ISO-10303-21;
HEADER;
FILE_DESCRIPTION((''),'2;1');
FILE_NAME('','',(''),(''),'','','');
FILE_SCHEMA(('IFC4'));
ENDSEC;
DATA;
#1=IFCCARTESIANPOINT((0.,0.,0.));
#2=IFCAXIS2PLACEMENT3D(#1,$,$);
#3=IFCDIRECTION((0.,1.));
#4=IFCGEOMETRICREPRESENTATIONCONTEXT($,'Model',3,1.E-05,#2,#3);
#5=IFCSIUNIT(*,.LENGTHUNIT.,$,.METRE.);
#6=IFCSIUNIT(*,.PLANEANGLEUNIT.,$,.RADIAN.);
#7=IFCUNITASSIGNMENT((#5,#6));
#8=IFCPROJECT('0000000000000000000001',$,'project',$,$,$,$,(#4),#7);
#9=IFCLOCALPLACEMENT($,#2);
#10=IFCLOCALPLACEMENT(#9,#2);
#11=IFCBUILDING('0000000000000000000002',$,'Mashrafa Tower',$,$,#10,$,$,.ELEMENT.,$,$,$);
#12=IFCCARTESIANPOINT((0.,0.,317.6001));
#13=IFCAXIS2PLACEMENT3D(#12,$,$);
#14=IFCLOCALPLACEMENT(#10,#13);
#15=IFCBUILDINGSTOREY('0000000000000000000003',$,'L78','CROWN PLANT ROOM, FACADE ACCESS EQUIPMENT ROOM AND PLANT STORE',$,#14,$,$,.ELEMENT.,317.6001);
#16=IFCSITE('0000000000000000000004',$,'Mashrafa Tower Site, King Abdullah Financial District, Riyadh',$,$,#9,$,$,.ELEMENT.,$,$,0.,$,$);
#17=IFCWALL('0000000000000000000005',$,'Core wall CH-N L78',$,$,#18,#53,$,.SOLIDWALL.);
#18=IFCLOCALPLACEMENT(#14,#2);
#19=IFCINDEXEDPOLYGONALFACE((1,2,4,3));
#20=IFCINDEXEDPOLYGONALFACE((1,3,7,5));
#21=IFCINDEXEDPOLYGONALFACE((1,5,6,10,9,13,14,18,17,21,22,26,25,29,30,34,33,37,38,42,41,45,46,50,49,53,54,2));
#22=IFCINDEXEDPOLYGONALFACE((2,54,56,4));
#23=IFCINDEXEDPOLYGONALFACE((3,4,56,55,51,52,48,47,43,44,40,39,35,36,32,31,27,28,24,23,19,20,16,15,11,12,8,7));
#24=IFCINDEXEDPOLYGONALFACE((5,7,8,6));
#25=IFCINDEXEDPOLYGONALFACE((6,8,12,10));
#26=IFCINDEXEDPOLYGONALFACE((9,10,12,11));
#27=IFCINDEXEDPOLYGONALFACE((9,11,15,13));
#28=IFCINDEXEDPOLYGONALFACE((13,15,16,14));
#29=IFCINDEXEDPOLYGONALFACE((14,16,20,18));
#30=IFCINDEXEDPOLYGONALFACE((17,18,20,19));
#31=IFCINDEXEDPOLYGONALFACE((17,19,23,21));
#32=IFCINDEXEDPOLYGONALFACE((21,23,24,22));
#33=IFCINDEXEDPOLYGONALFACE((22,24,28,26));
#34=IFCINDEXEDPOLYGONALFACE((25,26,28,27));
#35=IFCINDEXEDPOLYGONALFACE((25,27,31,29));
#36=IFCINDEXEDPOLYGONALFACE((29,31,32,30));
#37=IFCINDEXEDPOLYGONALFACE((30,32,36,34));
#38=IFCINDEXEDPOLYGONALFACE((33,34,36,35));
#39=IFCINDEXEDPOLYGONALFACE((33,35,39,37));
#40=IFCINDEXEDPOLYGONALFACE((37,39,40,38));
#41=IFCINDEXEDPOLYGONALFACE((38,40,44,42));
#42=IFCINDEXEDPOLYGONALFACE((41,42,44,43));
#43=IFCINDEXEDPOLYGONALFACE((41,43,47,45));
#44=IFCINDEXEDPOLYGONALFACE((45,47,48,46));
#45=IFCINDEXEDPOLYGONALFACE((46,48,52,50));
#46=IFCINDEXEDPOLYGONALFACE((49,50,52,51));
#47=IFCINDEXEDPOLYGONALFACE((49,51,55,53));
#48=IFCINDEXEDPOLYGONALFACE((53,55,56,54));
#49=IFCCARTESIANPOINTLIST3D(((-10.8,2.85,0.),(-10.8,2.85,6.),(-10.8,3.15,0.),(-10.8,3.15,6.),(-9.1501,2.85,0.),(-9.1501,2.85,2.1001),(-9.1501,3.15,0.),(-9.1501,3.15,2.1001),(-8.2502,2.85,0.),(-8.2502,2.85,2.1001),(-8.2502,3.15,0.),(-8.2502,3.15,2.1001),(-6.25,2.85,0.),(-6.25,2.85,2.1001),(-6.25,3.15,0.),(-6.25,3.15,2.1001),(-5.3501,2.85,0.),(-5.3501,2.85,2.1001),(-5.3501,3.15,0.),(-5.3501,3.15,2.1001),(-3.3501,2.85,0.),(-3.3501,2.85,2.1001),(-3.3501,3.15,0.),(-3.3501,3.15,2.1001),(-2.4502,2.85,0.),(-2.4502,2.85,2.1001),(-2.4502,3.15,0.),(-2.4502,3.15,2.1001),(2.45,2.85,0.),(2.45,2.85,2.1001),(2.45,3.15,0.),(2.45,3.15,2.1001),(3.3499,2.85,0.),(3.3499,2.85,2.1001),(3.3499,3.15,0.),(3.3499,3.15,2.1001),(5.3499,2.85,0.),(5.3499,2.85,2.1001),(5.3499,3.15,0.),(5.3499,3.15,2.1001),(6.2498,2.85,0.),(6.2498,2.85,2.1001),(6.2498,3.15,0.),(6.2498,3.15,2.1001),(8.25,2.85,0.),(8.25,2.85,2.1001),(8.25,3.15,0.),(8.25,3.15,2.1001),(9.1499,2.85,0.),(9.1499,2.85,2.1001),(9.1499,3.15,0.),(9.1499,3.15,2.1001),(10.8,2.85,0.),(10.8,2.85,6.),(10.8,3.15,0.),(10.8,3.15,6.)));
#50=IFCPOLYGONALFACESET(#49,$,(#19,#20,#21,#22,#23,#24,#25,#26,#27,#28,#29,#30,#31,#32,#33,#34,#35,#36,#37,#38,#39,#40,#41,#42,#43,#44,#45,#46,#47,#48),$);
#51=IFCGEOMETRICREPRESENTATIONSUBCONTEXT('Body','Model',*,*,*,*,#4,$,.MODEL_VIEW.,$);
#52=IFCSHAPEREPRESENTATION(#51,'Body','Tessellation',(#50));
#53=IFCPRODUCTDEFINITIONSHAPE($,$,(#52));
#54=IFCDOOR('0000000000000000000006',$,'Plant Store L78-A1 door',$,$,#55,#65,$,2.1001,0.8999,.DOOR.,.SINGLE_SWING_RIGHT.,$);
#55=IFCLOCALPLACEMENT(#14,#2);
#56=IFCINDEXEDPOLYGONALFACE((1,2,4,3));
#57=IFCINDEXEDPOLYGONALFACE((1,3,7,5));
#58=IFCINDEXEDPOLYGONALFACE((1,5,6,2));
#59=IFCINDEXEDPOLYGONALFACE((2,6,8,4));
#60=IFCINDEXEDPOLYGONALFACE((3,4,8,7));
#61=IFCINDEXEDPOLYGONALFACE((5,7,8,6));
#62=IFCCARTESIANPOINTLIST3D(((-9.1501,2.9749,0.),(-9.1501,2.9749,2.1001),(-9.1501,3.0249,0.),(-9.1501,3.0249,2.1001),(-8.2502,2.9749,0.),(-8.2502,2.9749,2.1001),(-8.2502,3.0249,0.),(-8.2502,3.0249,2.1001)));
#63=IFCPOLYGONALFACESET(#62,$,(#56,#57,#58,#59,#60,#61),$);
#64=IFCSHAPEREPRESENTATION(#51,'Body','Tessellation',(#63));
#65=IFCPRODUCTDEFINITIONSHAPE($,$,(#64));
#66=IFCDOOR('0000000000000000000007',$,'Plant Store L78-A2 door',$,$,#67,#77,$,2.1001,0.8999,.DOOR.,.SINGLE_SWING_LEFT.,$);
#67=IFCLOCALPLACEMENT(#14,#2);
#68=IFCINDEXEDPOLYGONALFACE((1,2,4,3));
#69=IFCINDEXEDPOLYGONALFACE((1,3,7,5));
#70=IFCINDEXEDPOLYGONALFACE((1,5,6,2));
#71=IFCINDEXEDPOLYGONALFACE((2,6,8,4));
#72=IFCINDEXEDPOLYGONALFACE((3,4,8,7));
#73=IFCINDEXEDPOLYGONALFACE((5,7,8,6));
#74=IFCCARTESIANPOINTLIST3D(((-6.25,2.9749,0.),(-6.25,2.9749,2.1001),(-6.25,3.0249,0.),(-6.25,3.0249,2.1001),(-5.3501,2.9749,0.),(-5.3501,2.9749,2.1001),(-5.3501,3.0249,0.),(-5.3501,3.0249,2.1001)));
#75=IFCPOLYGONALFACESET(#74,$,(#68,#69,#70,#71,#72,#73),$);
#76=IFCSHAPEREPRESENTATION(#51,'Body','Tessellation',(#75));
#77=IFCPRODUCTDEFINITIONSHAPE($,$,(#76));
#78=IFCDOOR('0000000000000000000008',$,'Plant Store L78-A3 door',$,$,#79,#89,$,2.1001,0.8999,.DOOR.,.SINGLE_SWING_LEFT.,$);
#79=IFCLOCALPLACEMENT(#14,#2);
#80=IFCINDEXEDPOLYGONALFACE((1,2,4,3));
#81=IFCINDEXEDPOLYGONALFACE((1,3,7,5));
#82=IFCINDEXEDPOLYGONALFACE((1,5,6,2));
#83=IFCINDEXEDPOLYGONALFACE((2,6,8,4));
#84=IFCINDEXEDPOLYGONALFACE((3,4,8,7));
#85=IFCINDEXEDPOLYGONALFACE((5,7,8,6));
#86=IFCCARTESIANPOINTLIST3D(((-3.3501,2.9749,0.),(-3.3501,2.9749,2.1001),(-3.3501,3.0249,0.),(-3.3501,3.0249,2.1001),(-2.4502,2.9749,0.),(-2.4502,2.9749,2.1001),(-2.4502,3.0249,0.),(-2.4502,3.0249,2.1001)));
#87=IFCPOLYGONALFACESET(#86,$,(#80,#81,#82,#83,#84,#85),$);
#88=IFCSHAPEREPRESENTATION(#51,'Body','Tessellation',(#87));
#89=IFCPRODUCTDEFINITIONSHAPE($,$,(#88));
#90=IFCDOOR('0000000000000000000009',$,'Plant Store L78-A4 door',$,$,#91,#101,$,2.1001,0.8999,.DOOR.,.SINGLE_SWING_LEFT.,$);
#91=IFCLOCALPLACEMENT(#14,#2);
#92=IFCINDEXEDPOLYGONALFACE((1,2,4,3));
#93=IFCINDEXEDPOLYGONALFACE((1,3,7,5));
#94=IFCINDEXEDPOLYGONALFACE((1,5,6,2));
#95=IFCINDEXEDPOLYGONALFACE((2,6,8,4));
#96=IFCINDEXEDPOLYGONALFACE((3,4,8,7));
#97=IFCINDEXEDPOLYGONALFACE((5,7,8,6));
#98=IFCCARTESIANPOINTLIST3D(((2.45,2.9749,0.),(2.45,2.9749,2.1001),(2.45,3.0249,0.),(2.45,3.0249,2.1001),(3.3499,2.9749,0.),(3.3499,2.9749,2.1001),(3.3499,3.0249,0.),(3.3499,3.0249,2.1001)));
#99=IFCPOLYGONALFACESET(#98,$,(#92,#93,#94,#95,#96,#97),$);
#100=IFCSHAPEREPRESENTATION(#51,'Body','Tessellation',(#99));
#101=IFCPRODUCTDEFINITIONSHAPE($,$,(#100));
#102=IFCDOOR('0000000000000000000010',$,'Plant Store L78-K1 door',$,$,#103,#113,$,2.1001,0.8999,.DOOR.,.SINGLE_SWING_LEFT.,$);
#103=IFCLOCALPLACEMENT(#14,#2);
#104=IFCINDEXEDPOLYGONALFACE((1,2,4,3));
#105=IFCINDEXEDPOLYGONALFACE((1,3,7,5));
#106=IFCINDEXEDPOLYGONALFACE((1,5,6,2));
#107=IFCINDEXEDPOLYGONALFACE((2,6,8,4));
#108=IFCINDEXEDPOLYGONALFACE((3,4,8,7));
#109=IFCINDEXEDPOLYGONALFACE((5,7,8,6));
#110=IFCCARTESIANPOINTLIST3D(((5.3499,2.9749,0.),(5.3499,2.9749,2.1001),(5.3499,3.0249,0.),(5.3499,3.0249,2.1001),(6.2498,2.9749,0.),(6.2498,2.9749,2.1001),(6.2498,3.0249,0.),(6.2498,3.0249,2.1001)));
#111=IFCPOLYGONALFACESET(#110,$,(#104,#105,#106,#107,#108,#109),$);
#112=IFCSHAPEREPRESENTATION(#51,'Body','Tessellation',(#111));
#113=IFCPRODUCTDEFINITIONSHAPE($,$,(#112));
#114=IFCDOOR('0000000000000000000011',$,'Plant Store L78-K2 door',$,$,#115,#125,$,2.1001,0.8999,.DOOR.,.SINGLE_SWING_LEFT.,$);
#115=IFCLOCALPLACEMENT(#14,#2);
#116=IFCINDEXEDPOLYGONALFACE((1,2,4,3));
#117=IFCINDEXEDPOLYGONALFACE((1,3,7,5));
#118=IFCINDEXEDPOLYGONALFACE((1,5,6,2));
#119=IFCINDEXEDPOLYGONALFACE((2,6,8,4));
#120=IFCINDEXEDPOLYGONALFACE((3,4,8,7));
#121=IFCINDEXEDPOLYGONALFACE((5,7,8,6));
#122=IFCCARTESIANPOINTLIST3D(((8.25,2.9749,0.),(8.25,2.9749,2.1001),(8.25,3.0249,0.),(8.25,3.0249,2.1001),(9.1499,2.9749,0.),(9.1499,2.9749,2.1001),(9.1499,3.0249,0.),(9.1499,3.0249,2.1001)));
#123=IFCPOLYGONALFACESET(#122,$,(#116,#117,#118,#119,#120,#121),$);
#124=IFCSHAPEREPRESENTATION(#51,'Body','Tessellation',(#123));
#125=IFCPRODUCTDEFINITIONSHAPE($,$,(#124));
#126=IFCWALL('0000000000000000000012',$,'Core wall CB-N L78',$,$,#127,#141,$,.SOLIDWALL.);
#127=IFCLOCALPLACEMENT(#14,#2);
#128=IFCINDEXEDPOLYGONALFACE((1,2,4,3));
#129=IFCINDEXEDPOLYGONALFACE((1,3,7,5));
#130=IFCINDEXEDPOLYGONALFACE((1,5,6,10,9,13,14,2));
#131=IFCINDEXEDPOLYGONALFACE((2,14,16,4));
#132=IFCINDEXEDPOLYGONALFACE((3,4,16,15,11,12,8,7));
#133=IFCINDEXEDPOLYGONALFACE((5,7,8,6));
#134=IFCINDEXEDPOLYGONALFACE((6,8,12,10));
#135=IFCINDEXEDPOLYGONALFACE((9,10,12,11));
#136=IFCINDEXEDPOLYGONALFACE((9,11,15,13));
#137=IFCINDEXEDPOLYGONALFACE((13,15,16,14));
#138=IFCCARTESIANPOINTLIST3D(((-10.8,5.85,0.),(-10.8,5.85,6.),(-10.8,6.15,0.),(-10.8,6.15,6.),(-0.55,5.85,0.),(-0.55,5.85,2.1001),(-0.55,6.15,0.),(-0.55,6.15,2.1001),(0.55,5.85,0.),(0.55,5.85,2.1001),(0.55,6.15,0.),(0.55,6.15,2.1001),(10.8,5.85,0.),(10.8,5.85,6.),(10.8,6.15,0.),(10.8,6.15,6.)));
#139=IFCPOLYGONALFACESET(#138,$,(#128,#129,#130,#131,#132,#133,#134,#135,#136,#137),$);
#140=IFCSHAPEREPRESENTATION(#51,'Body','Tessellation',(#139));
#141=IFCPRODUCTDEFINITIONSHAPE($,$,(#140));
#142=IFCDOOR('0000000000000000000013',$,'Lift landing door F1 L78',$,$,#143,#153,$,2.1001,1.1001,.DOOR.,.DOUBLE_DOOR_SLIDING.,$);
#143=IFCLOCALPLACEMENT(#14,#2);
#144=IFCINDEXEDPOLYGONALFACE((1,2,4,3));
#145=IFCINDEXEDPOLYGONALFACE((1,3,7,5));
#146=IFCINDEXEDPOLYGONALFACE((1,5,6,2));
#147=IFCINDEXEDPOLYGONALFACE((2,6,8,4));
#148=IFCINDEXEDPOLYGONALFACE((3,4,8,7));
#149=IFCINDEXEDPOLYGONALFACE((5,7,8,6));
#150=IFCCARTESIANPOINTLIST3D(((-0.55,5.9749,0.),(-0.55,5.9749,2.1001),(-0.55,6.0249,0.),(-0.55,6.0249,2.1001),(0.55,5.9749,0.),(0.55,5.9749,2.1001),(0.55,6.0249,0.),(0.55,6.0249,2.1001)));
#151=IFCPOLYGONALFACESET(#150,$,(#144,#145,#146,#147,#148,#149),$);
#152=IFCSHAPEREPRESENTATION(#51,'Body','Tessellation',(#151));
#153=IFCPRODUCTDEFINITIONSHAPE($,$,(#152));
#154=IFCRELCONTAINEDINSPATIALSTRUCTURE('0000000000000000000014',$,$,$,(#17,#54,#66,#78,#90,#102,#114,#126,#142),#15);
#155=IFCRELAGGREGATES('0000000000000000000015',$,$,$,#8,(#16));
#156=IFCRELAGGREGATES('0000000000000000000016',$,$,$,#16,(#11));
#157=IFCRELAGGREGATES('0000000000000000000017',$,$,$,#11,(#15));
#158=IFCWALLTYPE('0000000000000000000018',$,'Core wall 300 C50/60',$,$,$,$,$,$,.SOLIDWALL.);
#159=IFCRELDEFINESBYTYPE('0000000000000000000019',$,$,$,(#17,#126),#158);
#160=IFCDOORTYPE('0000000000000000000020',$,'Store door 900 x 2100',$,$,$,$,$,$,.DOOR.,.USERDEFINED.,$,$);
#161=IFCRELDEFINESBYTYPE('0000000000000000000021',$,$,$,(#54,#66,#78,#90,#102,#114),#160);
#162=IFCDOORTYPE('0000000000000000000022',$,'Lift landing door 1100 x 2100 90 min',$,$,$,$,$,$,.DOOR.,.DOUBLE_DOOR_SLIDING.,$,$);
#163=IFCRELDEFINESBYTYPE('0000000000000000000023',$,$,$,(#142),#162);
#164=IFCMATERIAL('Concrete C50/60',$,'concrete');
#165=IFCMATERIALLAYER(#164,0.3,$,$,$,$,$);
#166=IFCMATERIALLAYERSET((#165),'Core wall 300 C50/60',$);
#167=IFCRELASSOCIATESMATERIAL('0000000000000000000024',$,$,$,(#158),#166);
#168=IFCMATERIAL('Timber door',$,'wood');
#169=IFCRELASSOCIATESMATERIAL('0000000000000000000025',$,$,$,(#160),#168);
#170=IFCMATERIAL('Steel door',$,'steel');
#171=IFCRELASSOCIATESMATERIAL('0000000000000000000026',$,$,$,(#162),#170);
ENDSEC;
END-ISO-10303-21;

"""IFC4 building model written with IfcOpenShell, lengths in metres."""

from ifc_helpers import new_model, si_unit, direction, frame, frame_2d, origin, place, context, subcontext, project, spatial, rectangle, extrude, material, layer, layer_set, type_object, element, fill, save


model = new_model("IFC4")

# Units and contexts
model_context = context("Model", 3, precision=1e-05, world=origin(), true_north=direction((0.0, 1.0)))
body_context = subcontext(model_context, "Body", "Model", "MODEL_VIEW")
ifc_project = project(units=[si_unit("LENGTHUNIT", "METRE"), si_unit("PLANEANGLEUNIT", "RADIAN")], contexts=[model_context])

# Site, building, storey
site_placement = place(None, origin())
site = spatial("IfcSite", under=ifc_project, at=site_placement, Name="Mashrafa Tower Site, King Abdullah Financial District, Riyadh", CompositionType="ELEMENT", RefElevation=0.0)
building_placement = place(site_placement, origin())
building = spatial("IfcBuilding", under=site, at=building_placement, Name="Mashrafa Tower", CompositionType="ELEMENT")
storey_placement = place(building_placement, frame((0.0, 0.0, 317.6001)))
storey = spatial("IfcBuildingStorey", under=building, at=storey_placement, Name="L78", Description="CROWN PLANT ROOM, FACADE ACCESS EQUIPMENT ROOM AND PLANT STORE", CompositionType="ELEMENT", Elevation=317.6001)

# Wall, openings, doors
ifc_material_1 = material(Name="Concrete C50/60", Category="concrete")
ifc_layer_1 = layer(ifc_material_1, 0.3)
ifc_layer_set_1 = layer_set([ifc_layer_1], Name="Core wall 300 C50/60")
wall_type = type_object("IfcWallType", Name="Core wall 300 C50/60", PredefinedType="SOLIDWALL", material=ifc_layer_set_1)
wall_1_placement = place(storey_placement, frame((-10.8, 3.0, 0.0), z_axis=(0.0, 0.0, 1.0), x_axis=(1.0, 0.0, 0.0)))
wall_1 = element("IfcWall", 1, at=wall_1_placement, inside=storey, type_object=wall_type, Name="Core wall CH-N L78", PredefinedType="SOLIDWALL", context=body_context, shape_type="SweptSolid", body=[
    extrude(rectangle(XDim=21.6001, YDim=0.3, at=frame_2d((10.8, 0.0))), origin(), (0.0, 0.0, 1.0), 6.0),
])
opening_1_placement = place(wall_1_placement, frame((1.6499, 0.0, 0.0)))
opening_1 = element("IfcOpeningElement", 2, at=opening_1_placement, cuts=wall_1, PredefinedType="OPENING", context=body_context, shape_type="SweptSolid", body=[
    extrude(rectangle(XDim=0.8999, YDim=2.1001, at=frame_2d((0.45, 1.05))), frame((0.0, 0.1599, 0.0), z_axis=(0.0, -1.0, 0.0), x_axis=(1.0, 0.0, 0.0)), (0.0, 0.0, 1.0), 0.3201),
])
opening_2_placement = place(wall_1_placement, frame((4.55, 0.0, 0.0)))
opening_2 = element("IfcOpeningElement", 3, at=opening_2_placement, cuts=wall_1, PredefinedType="OPENING", context=body_context, shape_type="SweptSolid", body=[
    extrude(rectangle(XDim=0.8999, YDim=2.1001, at=frame_2d((0.45, 1.05))), frame((0.0, 0.1599, 0.0), z_axis=(0.0, -1.0, 0.0), x_axis=(1.0, 0.0, 0.0)), (0.0, 0.0, 1.0), 0.3201),
])
opening_3_placement = place(wall_1_placement, frame((7.45, 0.0, 0.0)))
opening_3 = element("IfcOpeningElement", 4, at=opening_3_placement, cuts=wall_1, PredefinedType="OPENING", context=body_context, shape_type="SweptSolid", body=[
    extrude(rectangle(XDim=0.8999, YDim=2.1001, at=frame_2d((0.45, 1.05))), frame((0.0, 0.1599, 0.0), z_axis=(0.0, -1.0, 0.0), x_axis=(1.0, 0.0, 0.0)), (0.0, 0.0, 1.0), 0.3201),
])
opening_4_placement = place(wall_1_placement, frame((13.25, 0.0, 0.0)))
opening_4 = element("IfcOpeningElement", 5, at=opening_4_placement, cuts=wall_1, PredefinedType="OPENING", context=body_context, shape_type="SweptSolid", body=[
    extrude(rectangle(XDim=0.8999, YDim=2.1001, at=frame_2d((0.45, 1.05))), frame((0.0, 0.1599, 0.0), z_axis=(0.0, -1.0, 0.0), x_axis=(1.0, 0.0, 0.0)), (0.0, 0.0, 1.0), 0.3201),
])
opening_5_placement = place(wall_1_placement, frame((16.1499, 0.0, 0.0)))
opening_5 = element("IfcOpeningElement", 6, at=opening_5_placement, cuts=wall_1, PredefinedType="OPENING", context=body_context, shape_type="SweptSolid", body=[
    extrude(rectangle(XDim=0.8999, YDim=2.1001, at=frame_2d((0.45, 1.05))), frame((0.0, 0.1599, 0.0), z_axis=(0.0, -1.0, 0.0), x_axis=(1.0, 0.0, 0.0)), (0.0, 0.0, 1.0), 0.3201),
])
opening_6_placement = place(wall_1_placement, frame((19.05, 0.0, 0.0)))
opening_6 = element("IfcOpeningElement", 7, at=opening_6_placement, cuts=wall_1, PredefinedType="OPENING", context=body_context, shape_type="SweptSolid", body=[
    extrude(rectangle(XDim=0.8999, YDim=2.1001, at=frame_2d((0.45, 1.05))), frame((0.0, 0.1599, 0.0), z_axis=(0.0, -1.0, 0.0), x_axis=(1.0, 0.0, 0.0)), (0.0, 0.0, 1.0), 0.3201),
])
ifc_material_2 = material(Name="Timber door", Category="wood")
door_type_1 = type_object("IfcDoorType", Name="Store door 900 x 2100", OperationType="USERDEFINED", PredefinedType="DOOR", material=ifc_material_2)
door_1_placement = place(opening_1_placement, origin())
door_1 = element("IfcDoor", 8, at=door_1_placement, inside=storey, type_object=door_type_1, Name="Plant Store L78-A1 door", OperationType="SINGLE_SWING_RIGHT", OverallHeight=2.1001, OverallWidth=0.8999, PredefinedType="DOOR", context=body_context, shape_type="SweptSolid", body=[
    extrude(rectangle(XDim=0.8999, YDim=2.1001, at=frame_2d((0.45, 1.05))), frame((0.0, 0.0249, 0.0), z_axis=(0.0, -1.0, 0.0), x_axis=(1.0, 0.0, 0.0)), (0.0, 0.0, 1.0), 0.05),
])
fill(opening_1, door_1)
door_2_placement = place(opening_2_placement, origin())
door_2 = element("IfcDoor", 9, at=door_2_placement, inside=storey, type_object=door_type_1, Name="Plant Store L78-A2 door", OperationType="SINGLE_SWING_LEFT", OverallHeight=2.1001, OverallWidth=0.8999, PredefinedType="DOOR", context=body_context, shape_type="SweptSolid", body=[
    extrude(rectangle(XDim=0.8999, YDim=2.1001, at=frame_2d((0.45, 1.05))), frame((0.0, 0.0249, 0.0), z_axis=(0.0, -1.0, 0.0), x_axis=(1.0, 0.0, 0.0)), (0.0, 0.0, 1.0), 0.05),
])
fill(opening_2, door_2)
door_3_placement = place(opening_3_placement, origin())
door_3 = element("IfcDoor", 10, at=door_3_placement, inside=storey, type_object=door_type_1, Name="Plant Store L78-A3 door", OperationType="SINGLE_SWING_LEFT", OverallHeight=2.1001, OverallWidth=0.8999, PredefinedType="DOOR", context=body_context, shape_type="SweptSolid", body=[
    extrude(rectangle(XDim=0.8999, YDim=2.1001, at=frame_2d((0.45, 1.05))), frame((0.0, 0.0249, 0.0), z_axis=(0.0, -1.0, 0.0), x_axis=(1.0, 0.0, 0.0)), (0.0, 0.0, 1.0), 0.05),
])
fill(opening_3, door_3)
door_4_placement = place(opening_4_placement, origin())
door_4 = element("IfcDoor", 11, at=door_4_placement, inside=storey, type_object=door_type_1, Name="Plant Store L78-A4 door", OperationType="SINGLE_SWING_LEFT", OverallHeight=2.1001, OverallWidth=0.8999, PredefinedType="DOOR", context=body_context, shape_type="SweptSolid", body=[
    extrude(rectangle(XDim=0.8999, YDim=2.1001, at=frame_2d((0.45, 1.05))), frame((0.0, 0.0249, 0.0), z_axis=(0.0, -1.0, 0.0), x_axis=(1.0, 0.0, 0.0)), (0.0, 0.0, 1.0), 0.05),
])
fill(opening_4, door_4)
door_5_placement = place(opening_5_placement, origin())
door_5 = element("IfcDoor", 12, at=door_5_placement, inside=storey, type_object=door_type_1, Name="Plant Store L78-K1 door", OperationType="SINGLE_SWING_LEFT", OverallHeight=2.1001, OverallWidth=0.8999, PredefinedType="DOOR", context=body_context, shape_type="SweptSolid", body=[
    extrude(rectangle(XDim=0.8999, YDim=2.1001, at=frame_2d((0.45, 1.05))), frame((0.0, 0.0249, 0.0), z_axis=(0.0, -1.0, 0.0), x_axis=(1.0, 0.0, 0.0)), (0.0, 0.0, 1.0), 0.05),
])
fill(opening_5, door_5)
door_6_placement = place(opening_6_placement, origin())
door_6 = element("IfcDoor", 13, at=door_6_placement, inside=storey, type_object=door_type_1, Name="Plant Store L78-K2 door", OperationType="SINGLE_SWING_LEFT", OverallHeight=2.1001, OverallWidth=0.8999, PredefinedType="DOOR", context=body_context, shape_type="SweptSolid", body=[
    extrude(rectangle(XDim=0.8999, YDim=2.1001, at=frame_2d((0.45, 1.05))), frame((0.0, 0.0249, 0.0), z_axis=(0.0, -1.0, 0.0), x_axis=(1.0, 0.0, 0.0)), (0.0, 0.0, 1.0), 0.05),
])
fill(opening_6, door_6)

# Wall, opening, door
wall_2_placement = place(storey_placement, frame((-10.8, 6.0, 0.0), z_axis=(0.0, 0.0, 1.0), x_axis=(1.0, 0.0, 0.0)))
wall_2 = element("IfcWall", 14, at=wall_2_placement, inside=storey, type_object=wall_type, Name="Core wall CB-N L78", PredefinedType="SOLIDWALL", context=body_context, shape_type="SweptSolid", body=[
    extrude(rectangle(XDim=21.6001, YDim=0.3, at=frame_2d((10.8, 0.0))), origin(), (0.0, 0.0, 1.0), 6.0),
])
opening_7_placement = place(wall_2_placement, frame((10.25, 0.0, 0.0)))
opening_7 = element("IfcOpeningElement", 15, at=opening_7_placement, cuts=wall_2, PredefinedType="OPENING", context=body_context, shape_type="SweptSolid", body=[
    extrude(rectangle(XDim=1.1001, YDim=2.1001, at=frame_2d((0.55, 1.05))), frame((0.0, 0.1599, 0.0), z_axis=(0.0, -1.0, 0.0), x_axis=(1.0, 0.0, 0.0)), (0.0, 0.0, 1.0), 0.3201),
])
ifc_material_3 = material(Name="Steel door", Category="steel")
door_type_2 = type_object("IfcDoorType", Name="Lift landing door 1100 x 2100 90 min", OperationType="DOUBLE_DOOR_SLIDING", PredefinedType="DOOR", material=ifc_material_3)
door_7_placement = place(opening_7_placement, origin())
door_7 = element("IfcDoor", 16, at=door_7_placement, inside=storey, type_object=door_type_2, Name="Lift landing door F1 L78", OperationType="DOUBLE_DOOR_SLIDING", OverallHeight=2.1001, OverallWidth=1.1001, PredefinedType="DOOR", context=body_context, shape_type="SweptSolid", body=[
    extrude(rectangle(XDim=1.1001, YDim=2.1001, at=frame_2d((0.55, 1.05))), frame((0.0, 0.0249, 0.0), z_axis=(0.0, -1.0, 0.0), x_axis=(1.0, 0.0, 0.0)), (0.0, 0.0, 1.0), 0.05),
])
fill(opening_7, door_7)

save(model, "model.ifc")
